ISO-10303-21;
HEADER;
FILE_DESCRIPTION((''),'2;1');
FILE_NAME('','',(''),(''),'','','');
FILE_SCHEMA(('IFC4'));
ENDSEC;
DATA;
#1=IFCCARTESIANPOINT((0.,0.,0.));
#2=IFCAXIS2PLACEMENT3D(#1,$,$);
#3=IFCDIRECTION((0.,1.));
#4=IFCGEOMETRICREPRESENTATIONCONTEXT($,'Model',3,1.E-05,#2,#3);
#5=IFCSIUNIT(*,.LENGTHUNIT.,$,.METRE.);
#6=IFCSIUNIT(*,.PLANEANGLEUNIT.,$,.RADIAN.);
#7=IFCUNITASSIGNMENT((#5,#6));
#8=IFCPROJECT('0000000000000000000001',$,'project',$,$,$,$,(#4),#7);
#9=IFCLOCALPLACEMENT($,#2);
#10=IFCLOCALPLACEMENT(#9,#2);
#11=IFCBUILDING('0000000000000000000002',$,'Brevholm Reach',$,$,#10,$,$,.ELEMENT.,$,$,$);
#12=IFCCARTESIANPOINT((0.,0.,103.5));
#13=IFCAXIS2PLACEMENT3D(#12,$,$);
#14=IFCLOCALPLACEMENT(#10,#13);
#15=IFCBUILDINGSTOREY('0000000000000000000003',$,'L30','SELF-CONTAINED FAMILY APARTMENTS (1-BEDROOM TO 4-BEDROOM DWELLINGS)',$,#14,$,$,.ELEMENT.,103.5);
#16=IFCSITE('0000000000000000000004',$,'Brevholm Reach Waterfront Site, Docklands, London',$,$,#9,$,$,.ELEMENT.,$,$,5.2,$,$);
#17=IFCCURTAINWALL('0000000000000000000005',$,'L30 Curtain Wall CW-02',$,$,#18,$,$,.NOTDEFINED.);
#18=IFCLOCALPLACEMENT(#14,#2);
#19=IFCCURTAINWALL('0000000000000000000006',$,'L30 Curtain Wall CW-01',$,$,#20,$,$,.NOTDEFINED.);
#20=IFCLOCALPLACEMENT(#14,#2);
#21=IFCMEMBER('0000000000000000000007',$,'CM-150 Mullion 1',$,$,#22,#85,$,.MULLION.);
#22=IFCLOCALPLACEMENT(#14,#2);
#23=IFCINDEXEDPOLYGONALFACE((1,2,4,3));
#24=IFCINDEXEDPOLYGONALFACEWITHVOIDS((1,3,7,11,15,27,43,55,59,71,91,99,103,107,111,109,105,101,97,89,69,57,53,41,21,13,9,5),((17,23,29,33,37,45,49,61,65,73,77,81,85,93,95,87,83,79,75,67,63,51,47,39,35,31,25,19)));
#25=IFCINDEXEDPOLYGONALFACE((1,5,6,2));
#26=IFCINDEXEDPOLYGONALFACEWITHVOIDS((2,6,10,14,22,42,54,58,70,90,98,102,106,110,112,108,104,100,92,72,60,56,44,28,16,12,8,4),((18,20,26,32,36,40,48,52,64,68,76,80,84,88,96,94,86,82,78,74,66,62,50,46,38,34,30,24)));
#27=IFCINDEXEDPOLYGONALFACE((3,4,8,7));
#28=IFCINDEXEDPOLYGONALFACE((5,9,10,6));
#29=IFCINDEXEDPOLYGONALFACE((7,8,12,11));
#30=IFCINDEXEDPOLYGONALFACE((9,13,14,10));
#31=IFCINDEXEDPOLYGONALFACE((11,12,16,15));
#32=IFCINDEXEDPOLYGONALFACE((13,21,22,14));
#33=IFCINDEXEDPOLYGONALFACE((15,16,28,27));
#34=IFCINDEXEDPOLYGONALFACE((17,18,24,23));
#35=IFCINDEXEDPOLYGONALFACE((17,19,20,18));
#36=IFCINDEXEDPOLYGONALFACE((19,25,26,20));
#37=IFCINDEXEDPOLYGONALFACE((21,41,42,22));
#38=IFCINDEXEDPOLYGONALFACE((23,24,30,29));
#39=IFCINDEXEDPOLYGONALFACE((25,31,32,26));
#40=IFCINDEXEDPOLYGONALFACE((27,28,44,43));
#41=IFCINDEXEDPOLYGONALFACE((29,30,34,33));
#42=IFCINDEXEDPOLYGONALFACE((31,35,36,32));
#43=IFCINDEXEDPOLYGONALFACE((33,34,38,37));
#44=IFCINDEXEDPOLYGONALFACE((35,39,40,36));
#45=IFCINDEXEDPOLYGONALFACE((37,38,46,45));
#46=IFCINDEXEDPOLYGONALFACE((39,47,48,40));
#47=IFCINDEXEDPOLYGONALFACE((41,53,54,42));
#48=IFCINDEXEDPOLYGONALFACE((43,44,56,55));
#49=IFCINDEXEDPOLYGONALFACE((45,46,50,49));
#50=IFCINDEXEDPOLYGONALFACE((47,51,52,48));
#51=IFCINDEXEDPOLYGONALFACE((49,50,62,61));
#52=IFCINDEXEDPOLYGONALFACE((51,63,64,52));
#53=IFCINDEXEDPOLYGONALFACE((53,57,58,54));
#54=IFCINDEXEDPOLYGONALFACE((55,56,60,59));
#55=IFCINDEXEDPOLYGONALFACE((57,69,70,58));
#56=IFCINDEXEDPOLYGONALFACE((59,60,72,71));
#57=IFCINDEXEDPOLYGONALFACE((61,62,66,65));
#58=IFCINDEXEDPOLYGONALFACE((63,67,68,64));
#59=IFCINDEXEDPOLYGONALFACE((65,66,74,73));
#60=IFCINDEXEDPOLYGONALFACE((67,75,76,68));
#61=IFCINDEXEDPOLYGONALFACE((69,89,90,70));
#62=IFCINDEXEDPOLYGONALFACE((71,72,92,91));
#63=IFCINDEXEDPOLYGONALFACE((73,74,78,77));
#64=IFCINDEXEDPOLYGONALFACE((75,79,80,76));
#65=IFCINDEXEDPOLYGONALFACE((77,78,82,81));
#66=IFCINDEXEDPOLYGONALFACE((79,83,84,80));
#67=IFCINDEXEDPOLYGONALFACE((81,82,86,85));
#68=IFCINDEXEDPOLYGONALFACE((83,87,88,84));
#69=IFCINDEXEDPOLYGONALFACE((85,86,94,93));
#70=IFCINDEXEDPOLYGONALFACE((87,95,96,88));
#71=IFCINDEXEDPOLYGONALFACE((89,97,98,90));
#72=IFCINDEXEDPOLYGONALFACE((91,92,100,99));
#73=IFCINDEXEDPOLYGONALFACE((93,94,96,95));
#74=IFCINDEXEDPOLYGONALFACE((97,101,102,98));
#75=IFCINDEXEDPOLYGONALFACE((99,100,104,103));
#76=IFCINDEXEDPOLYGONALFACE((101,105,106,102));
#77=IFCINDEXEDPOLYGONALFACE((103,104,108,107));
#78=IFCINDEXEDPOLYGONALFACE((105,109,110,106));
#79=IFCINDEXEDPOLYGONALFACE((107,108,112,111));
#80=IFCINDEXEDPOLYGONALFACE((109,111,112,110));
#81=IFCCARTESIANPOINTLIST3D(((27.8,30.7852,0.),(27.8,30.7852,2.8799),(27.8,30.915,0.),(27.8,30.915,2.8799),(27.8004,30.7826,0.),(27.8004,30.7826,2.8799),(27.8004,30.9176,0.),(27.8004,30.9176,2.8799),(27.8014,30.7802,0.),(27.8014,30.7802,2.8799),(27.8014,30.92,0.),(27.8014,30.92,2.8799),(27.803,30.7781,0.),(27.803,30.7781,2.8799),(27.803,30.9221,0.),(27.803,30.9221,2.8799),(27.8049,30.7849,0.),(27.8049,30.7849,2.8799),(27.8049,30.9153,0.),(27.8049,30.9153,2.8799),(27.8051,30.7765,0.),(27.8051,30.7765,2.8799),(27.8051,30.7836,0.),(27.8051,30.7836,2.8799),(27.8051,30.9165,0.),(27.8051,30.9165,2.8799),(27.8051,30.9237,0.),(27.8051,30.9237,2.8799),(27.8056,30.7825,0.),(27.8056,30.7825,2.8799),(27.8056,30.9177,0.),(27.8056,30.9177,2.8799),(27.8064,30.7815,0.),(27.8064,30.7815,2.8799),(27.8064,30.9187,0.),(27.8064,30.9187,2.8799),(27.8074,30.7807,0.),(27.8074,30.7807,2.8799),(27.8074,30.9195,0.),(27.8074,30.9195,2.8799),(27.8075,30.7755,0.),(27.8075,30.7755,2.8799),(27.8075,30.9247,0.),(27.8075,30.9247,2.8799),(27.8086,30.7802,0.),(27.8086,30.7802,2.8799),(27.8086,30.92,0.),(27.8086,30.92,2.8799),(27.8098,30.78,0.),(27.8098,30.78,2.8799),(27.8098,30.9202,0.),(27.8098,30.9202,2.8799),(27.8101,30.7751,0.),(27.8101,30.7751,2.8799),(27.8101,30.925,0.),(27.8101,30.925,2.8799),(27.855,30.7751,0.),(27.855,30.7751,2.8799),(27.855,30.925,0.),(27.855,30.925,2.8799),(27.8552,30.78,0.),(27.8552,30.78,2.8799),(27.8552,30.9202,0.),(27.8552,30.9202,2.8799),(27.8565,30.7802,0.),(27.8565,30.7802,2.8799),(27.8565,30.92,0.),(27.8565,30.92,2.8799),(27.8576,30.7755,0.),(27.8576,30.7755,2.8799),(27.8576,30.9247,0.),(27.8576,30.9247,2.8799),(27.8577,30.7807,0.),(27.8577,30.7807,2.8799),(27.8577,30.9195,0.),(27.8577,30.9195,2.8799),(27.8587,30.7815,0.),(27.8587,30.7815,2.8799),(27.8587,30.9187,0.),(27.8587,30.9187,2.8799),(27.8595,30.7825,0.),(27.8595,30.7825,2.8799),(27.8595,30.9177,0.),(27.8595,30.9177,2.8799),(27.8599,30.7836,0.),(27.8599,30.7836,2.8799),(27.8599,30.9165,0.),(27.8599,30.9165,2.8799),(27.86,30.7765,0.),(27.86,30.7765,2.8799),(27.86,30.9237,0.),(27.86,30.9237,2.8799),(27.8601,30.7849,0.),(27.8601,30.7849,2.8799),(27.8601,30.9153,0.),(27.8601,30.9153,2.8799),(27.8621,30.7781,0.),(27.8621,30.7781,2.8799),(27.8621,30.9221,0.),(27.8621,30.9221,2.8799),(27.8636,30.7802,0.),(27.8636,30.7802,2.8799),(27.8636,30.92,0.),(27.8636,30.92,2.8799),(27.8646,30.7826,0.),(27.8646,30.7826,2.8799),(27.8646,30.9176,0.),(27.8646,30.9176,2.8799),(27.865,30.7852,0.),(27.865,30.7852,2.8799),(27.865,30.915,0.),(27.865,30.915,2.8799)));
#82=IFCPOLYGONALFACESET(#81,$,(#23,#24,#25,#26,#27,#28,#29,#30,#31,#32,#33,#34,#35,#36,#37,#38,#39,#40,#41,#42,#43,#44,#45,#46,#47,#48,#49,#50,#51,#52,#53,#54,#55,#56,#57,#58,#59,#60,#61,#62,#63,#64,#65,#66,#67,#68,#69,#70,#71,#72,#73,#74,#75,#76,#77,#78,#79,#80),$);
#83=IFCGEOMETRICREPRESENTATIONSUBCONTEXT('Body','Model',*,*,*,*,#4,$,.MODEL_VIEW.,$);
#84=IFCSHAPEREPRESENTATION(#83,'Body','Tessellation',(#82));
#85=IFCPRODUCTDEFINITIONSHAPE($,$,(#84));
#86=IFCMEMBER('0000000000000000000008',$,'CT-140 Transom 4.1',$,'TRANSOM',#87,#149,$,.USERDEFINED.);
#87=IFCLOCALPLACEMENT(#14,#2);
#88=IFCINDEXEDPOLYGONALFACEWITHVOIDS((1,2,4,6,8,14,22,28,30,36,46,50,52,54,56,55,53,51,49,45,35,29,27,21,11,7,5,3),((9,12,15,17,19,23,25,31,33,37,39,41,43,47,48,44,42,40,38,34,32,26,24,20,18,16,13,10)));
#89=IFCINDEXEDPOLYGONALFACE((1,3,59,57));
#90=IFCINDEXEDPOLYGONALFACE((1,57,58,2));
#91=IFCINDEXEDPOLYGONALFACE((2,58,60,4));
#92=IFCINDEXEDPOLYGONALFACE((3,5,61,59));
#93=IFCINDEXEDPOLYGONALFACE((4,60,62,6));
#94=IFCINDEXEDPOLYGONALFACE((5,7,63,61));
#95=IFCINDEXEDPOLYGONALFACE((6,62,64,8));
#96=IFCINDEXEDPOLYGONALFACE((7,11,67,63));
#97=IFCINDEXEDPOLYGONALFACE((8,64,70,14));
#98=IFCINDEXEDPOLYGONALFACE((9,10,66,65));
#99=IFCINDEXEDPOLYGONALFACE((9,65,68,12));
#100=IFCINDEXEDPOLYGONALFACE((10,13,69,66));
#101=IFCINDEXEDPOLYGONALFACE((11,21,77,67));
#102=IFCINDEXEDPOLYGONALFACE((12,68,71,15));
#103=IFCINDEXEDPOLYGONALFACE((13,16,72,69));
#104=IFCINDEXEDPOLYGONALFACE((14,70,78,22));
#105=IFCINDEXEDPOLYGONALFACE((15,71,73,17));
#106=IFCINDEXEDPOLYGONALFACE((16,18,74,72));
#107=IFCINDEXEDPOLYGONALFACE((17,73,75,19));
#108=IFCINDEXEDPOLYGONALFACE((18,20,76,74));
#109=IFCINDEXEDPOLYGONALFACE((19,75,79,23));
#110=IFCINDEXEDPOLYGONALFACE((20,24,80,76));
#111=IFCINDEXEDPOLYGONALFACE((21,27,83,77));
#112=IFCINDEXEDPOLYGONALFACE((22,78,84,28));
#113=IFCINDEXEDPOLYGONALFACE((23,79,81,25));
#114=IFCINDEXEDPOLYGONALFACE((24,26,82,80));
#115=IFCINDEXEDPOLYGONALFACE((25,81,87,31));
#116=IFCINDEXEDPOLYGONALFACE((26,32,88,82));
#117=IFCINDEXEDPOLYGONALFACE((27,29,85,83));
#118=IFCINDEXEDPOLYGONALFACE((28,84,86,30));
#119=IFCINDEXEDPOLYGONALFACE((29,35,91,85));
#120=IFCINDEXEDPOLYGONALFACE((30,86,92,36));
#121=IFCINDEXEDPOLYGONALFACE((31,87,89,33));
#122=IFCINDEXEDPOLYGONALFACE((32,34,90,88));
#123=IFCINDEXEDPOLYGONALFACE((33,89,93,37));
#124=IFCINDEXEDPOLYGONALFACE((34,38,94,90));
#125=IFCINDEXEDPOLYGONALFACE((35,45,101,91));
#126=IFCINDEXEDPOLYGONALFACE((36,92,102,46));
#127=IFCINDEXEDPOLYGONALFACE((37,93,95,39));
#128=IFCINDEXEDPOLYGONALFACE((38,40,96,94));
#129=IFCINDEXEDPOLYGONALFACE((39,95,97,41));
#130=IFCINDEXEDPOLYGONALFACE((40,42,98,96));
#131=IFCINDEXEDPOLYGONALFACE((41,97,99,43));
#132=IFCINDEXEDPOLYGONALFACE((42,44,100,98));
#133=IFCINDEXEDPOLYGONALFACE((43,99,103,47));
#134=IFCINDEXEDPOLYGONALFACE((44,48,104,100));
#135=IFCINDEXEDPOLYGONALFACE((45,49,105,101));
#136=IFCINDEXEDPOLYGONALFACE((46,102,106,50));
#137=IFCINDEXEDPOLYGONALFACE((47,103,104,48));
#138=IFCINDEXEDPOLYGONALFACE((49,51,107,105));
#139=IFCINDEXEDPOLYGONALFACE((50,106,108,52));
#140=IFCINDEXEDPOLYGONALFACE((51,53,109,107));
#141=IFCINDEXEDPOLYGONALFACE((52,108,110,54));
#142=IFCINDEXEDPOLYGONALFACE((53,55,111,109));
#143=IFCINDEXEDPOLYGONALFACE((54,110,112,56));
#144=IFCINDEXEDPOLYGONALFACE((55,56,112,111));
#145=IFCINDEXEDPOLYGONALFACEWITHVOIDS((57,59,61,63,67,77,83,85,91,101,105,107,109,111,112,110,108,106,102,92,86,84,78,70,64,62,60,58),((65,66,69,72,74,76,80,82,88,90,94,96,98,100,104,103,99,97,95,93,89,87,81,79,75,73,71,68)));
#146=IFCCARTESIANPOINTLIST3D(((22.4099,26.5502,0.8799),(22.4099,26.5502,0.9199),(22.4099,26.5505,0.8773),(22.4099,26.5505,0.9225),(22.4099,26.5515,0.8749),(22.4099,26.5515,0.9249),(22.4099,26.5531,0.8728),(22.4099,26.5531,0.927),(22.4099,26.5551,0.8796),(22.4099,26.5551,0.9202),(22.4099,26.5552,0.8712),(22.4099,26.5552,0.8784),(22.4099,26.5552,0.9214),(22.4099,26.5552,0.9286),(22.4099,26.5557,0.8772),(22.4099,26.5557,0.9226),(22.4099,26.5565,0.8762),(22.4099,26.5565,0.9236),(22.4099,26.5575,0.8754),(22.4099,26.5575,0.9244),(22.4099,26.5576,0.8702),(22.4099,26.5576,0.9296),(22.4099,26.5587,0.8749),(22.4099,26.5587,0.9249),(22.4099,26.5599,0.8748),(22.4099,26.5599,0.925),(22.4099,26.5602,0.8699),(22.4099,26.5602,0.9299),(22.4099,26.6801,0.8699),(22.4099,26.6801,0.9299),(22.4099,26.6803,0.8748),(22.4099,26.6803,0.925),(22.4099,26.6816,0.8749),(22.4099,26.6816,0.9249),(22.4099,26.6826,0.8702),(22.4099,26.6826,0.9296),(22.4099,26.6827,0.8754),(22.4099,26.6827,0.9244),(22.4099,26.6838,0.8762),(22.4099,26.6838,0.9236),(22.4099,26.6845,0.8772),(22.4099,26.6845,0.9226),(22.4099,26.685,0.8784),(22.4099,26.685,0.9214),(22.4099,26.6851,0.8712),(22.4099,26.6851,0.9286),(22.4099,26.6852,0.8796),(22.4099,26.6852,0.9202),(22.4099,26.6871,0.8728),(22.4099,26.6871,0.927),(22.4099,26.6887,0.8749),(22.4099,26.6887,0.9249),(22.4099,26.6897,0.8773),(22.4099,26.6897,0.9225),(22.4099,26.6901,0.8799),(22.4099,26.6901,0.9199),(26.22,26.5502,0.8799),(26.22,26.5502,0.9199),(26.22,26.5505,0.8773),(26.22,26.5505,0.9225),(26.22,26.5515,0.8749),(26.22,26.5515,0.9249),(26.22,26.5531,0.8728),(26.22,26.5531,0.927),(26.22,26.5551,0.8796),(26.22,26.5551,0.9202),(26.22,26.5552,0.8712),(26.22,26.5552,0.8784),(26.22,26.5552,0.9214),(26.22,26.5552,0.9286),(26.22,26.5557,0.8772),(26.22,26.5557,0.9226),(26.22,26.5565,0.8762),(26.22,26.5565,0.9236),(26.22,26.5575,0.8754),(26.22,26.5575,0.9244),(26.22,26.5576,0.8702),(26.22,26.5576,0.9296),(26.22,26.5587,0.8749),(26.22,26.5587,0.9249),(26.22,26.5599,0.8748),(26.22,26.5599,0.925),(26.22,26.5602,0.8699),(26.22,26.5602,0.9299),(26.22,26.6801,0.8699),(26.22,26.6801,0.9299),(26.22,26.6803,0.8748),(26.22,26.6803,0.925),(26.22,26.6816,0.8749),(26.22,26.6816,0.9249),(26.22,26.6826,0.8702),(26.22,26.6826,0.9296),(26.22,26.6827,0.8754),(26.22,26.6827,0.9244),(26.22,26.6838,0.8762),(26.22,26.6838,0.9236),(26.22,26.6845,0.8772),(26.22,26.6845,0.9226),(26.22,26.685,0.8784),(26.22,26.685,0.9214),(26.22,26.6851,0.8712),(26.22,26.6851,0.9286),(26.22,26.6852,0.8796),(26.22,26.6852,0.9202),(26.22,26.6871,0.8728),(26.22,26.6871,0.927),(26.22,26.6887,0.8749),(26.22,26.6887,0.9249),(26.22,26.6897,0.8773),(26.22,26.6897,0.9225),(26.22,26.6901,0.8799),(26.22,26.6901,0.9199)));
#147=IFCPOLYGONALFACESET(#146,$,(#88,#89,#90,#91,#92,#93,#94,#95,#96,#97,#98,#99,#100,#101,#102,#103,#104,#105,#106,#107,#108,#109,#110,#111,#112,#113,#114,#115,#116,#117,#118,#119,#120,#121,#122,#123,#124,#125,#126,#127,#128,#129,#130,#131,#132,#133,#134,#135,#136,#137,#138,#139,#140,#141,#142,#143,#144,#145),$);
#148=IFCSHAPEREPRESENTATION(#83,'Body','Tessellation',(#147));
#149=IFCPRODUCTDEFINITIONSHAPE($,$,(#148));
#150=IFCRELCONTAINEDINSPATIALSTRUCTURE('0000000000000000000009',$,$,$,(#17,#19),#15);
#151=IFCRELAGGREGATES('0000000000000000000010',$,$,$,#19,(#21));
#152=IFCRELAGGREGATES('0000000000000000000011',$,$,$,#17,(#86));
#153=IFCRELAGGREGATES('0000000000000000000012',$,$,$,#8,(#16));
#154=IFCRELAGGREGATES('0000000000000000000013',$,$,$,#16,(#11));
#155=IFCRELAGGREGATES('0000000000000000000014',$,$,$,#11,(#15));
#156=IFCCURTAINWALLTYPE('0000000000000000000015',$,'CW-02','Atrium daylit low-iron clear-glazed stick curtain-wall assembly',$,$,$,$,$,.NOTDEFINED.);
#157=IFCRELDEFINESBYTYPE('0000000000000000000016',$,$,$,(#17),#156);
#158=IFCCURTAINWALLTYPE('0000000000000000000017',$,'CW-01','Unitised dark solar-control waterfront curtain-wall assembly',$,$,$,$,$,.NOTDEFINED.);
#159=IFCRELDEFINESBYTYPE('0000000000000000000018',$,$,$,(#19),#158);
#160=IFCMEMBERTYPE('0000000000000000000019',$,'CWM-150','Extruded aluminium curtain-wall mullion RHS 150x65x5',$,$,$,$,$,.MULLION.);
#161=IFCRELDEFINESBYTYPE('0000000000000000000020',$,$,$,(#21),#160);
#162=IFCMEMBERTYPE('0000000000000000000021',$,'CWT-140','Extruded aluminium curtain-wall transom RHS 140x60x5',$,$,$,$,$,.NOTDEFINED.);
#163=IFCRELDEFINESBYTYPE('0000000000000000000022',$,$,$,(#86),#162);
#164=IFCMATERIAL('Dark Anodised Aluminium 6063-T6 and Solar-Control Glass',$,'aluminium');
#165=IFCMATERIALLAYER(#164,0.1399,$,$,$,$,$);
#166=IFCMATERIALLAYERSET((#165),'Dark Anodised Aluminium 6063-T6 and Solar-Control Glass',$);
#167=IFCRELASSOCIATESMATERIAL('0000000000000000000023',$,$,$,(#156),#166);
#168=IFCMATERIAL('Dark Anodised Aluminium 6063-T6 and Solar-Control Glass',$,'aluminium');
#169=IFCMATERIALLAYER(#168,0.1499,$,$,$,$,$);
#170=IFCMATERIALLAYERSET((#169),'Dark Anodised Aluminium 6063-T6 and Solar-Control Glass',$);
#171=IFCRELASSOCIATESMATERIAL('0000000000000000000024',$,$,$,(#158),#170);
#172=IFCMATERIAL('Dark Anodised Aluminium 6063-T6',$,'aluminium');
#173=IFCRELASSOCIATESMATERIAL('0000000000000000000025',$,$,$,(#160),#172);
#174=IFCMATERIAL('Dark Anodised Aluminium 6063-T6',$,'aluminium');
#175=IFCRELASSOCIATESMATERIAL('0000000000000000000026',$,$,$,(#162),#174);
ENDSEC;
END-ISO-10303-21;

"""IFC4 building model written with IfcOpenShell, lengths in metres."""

from ifc_helpers import new_model, si_unit, direction, frame, origin, origin_2d, place, context, subcontext, project, spatial, hollow_rectangle, extrude, material, layer, layer_set, material_profile, profile_set, type_object, element, aggregate, save


model = new_model("IFC4")

# Units and contexts
model_context = context("Model", 3, precision=1e-05, world=origin(), true_north=direction((0.0, 1.0)))
body_context = subcontext(model_context, "Body", "Model", "MODEL_VIEW")
ifc_project = project(units=[si_unit("LENGTHUNIT", "METRE"), si_unit("PLANEANGLEUNIT", "RADIAN")], contexts=[model_context])

# Site, building, storey
site_placement = place(None, origin())
site = spatial("IfcSite", under=ifc_project, at=site_placement, Name="Brevholm Reach Waterfront Site, Docklands, London", CompositionType="ELEMENT", RefElevation=5.2)
building_placement = place(site_placement, origin())
building = spatial("IfcBuilding", under=site, at=building_placement, Name="Brevholm Reach", CompositionType="ELEMENT")
storey_placement = place(building_placement, frame((0.0, 0.0, 103.5)))
storey = spatial("IfcBuildingStorey", under=building, at=storey_placement, Name="L30", Description="SELF-CONTAINED FAMILY APARTMENTS (1-BEDROOM TO 4-BEDROOM DWELLINGS)", CompositionType="ELEMENT", Elevation=103.5)

# Curtain wall
ifc_material_1 = material(Name="Dark Anodised Aluminium 6063-T6 and Solar-Control Glass", Category="aluminium")
ifc_layer_1 = layer(ifc_material_1, 0.1399)
ifc_layer_set_1 = layer_set([ifc_layer_1], Name="Dark Anodised Aluminium 6063-T6 and Solar-Control Glass")
curtain_wall_type_1 = type_object("IfcCurtainWallType", Name="CW-02", Description="Atrium daylit low-iron clear-glazed stick curtain-wall assembly", PredefinedType="NOTDEFINED", material=ifc_layer_set_1)
curtain_wall_1_placement = place(storey_placement, origin())
curtain_wall_1 = element("IfcCurtainWall", 1, at=curtain_wall_1_placement, inside=storey, type_object=curtain_wall_type_1, Name="L30 Curtain Wall CW-02", PredefinedType="NOTDEFINED")

# Curtain wall, member
ifc_material_2 = material(Name="Dark Anodised Aluminium 6063-T6 and Solar-Control Glass", Category="aluminium")
ifc_layer_2 = layer(ifc_material_2, 0.1499)
ifc_layer_set_2 = layer_set([ifc_layer_2], Name="Dark Anodised Aluminium 6063-T6 and Solar-Control Glass")
curtain_wall_type_2 = type_object("IfcCurtainWallType", Name="CW-01", Description="Unitised dark solar-control waterfront curtain-wall assembly", PredefinedType="NOTDEFINED", material=ifc_layer_set_2)
curtain_wall_2_placement = place(storey_placement, origin())
curtain_wall_2 = element("IfcCurtainWall", 2, at=curtain_wall_2_placement, inside=storey, type_object=curtain_wall_type_2, Name="L30 Curtain Wall CW-01", PredefinedType="NOTDEFINED")
ifc_material_3 = material(Name="Dark Anodised Aluminium 6063-T6", Category="aluminium")
ifc_material_profile_1 = material_profile(ifc_material_3, hollow_rectangle(XDim=0.0649, YDim=0.1499, WallThickness=0.0049, InnerFilletRadius=0.0049, OuterFilletRadius=0.01, at=origin_2d()), Name="RHS 150x65x5")
ifc_profile_set_1 = profile_set([ifc_material_profile_1], Name="Dark Anodised Aluminium 6063-T6")
member_type_1 = type_object("IfcMemberType", Name="CWM-150", Description="Extruded aluminium curtain-wall mullion RHS 150x65x5", PredefinedType="MULLION", material=ifc_profile_set_1)
member_1_placement = place(storey_placement, frame((27.8325, 30.8501, 0.0), z_axis=(0.0, 0.0, 1.0), x_axis=(1.0, 0.0, 0.0)))
member_1 = element("IfcMember", 3, at=member_1_placement, type_object=member_type_1, Name="CM-150 Mullion 1", PredefinedType="MULLION", context=body_context, shape_type="SweptSolid", body=[
    extrude(hollow_rectangle(XDim=0.0649, YDim=0.1499, WallThickness=0.0049, InnerFilletRadius=0.0049, OuterFilletRadius=0.01, at=origin_2d()), origin(), (0.0, 0.0, 1.0), 2.8799),
])

# Member
ifc_material_4 = material(Name="Dark Anodised Aluminium 6063-T6", Category="aluminium")
ifc_material_profile_2 = material_profile(ifc_material_4, hollow_rectangle(XDim=0.0601, YDim=0.1399, WallThickness=0.0049, InnerFilletRadius=0.0049, OuterFilletRadius=0.01, at=origin_2d()), Name="RHS 140x60x5")
ifc_profile_set_2 = profile_set([ifc_material_profile_2], Name="Dark Anodised Aluminium 6063-T6")
member_type_2 = type_object("IfcMemberType", Name="CWT-140", Description="Extruded aluminium curtain-wall transom RHS 140x60x5", PredefinedType="NOTDEFINED", material=ifc_profile_set_2)
member_2_placement = place(storey_placement, frame((26.22, 26.6201, 0.8999), z_axis=(-1.0, 0.0, 0.0), x_axis=(0.0, 0.0, 1.0)))
member_2 = element("IfcMember", 4, at=member_2_placement, type_object=member_type_2, Name="CT-140 Transom 4.1", ObjectType="TRANSOM", PredefinedType="USERDEFINED", context=body_context, shape_type="SweptSolid", body=[
    extrude(hollow_rectangle(XDim=0.0601, YDim=0.1399, WallThickness=0.0049, InnerFilletRadius=0.0049, OuterFilletRadius=0.01, at=origin_2d()), origin(), (0.0, 0.0, 1.0), 3.8101),
])
aggregate(curtain_wall_2, [member_1])

aggregate(curtain_wall_1, [member_2])

save(model, "model.ifc")
